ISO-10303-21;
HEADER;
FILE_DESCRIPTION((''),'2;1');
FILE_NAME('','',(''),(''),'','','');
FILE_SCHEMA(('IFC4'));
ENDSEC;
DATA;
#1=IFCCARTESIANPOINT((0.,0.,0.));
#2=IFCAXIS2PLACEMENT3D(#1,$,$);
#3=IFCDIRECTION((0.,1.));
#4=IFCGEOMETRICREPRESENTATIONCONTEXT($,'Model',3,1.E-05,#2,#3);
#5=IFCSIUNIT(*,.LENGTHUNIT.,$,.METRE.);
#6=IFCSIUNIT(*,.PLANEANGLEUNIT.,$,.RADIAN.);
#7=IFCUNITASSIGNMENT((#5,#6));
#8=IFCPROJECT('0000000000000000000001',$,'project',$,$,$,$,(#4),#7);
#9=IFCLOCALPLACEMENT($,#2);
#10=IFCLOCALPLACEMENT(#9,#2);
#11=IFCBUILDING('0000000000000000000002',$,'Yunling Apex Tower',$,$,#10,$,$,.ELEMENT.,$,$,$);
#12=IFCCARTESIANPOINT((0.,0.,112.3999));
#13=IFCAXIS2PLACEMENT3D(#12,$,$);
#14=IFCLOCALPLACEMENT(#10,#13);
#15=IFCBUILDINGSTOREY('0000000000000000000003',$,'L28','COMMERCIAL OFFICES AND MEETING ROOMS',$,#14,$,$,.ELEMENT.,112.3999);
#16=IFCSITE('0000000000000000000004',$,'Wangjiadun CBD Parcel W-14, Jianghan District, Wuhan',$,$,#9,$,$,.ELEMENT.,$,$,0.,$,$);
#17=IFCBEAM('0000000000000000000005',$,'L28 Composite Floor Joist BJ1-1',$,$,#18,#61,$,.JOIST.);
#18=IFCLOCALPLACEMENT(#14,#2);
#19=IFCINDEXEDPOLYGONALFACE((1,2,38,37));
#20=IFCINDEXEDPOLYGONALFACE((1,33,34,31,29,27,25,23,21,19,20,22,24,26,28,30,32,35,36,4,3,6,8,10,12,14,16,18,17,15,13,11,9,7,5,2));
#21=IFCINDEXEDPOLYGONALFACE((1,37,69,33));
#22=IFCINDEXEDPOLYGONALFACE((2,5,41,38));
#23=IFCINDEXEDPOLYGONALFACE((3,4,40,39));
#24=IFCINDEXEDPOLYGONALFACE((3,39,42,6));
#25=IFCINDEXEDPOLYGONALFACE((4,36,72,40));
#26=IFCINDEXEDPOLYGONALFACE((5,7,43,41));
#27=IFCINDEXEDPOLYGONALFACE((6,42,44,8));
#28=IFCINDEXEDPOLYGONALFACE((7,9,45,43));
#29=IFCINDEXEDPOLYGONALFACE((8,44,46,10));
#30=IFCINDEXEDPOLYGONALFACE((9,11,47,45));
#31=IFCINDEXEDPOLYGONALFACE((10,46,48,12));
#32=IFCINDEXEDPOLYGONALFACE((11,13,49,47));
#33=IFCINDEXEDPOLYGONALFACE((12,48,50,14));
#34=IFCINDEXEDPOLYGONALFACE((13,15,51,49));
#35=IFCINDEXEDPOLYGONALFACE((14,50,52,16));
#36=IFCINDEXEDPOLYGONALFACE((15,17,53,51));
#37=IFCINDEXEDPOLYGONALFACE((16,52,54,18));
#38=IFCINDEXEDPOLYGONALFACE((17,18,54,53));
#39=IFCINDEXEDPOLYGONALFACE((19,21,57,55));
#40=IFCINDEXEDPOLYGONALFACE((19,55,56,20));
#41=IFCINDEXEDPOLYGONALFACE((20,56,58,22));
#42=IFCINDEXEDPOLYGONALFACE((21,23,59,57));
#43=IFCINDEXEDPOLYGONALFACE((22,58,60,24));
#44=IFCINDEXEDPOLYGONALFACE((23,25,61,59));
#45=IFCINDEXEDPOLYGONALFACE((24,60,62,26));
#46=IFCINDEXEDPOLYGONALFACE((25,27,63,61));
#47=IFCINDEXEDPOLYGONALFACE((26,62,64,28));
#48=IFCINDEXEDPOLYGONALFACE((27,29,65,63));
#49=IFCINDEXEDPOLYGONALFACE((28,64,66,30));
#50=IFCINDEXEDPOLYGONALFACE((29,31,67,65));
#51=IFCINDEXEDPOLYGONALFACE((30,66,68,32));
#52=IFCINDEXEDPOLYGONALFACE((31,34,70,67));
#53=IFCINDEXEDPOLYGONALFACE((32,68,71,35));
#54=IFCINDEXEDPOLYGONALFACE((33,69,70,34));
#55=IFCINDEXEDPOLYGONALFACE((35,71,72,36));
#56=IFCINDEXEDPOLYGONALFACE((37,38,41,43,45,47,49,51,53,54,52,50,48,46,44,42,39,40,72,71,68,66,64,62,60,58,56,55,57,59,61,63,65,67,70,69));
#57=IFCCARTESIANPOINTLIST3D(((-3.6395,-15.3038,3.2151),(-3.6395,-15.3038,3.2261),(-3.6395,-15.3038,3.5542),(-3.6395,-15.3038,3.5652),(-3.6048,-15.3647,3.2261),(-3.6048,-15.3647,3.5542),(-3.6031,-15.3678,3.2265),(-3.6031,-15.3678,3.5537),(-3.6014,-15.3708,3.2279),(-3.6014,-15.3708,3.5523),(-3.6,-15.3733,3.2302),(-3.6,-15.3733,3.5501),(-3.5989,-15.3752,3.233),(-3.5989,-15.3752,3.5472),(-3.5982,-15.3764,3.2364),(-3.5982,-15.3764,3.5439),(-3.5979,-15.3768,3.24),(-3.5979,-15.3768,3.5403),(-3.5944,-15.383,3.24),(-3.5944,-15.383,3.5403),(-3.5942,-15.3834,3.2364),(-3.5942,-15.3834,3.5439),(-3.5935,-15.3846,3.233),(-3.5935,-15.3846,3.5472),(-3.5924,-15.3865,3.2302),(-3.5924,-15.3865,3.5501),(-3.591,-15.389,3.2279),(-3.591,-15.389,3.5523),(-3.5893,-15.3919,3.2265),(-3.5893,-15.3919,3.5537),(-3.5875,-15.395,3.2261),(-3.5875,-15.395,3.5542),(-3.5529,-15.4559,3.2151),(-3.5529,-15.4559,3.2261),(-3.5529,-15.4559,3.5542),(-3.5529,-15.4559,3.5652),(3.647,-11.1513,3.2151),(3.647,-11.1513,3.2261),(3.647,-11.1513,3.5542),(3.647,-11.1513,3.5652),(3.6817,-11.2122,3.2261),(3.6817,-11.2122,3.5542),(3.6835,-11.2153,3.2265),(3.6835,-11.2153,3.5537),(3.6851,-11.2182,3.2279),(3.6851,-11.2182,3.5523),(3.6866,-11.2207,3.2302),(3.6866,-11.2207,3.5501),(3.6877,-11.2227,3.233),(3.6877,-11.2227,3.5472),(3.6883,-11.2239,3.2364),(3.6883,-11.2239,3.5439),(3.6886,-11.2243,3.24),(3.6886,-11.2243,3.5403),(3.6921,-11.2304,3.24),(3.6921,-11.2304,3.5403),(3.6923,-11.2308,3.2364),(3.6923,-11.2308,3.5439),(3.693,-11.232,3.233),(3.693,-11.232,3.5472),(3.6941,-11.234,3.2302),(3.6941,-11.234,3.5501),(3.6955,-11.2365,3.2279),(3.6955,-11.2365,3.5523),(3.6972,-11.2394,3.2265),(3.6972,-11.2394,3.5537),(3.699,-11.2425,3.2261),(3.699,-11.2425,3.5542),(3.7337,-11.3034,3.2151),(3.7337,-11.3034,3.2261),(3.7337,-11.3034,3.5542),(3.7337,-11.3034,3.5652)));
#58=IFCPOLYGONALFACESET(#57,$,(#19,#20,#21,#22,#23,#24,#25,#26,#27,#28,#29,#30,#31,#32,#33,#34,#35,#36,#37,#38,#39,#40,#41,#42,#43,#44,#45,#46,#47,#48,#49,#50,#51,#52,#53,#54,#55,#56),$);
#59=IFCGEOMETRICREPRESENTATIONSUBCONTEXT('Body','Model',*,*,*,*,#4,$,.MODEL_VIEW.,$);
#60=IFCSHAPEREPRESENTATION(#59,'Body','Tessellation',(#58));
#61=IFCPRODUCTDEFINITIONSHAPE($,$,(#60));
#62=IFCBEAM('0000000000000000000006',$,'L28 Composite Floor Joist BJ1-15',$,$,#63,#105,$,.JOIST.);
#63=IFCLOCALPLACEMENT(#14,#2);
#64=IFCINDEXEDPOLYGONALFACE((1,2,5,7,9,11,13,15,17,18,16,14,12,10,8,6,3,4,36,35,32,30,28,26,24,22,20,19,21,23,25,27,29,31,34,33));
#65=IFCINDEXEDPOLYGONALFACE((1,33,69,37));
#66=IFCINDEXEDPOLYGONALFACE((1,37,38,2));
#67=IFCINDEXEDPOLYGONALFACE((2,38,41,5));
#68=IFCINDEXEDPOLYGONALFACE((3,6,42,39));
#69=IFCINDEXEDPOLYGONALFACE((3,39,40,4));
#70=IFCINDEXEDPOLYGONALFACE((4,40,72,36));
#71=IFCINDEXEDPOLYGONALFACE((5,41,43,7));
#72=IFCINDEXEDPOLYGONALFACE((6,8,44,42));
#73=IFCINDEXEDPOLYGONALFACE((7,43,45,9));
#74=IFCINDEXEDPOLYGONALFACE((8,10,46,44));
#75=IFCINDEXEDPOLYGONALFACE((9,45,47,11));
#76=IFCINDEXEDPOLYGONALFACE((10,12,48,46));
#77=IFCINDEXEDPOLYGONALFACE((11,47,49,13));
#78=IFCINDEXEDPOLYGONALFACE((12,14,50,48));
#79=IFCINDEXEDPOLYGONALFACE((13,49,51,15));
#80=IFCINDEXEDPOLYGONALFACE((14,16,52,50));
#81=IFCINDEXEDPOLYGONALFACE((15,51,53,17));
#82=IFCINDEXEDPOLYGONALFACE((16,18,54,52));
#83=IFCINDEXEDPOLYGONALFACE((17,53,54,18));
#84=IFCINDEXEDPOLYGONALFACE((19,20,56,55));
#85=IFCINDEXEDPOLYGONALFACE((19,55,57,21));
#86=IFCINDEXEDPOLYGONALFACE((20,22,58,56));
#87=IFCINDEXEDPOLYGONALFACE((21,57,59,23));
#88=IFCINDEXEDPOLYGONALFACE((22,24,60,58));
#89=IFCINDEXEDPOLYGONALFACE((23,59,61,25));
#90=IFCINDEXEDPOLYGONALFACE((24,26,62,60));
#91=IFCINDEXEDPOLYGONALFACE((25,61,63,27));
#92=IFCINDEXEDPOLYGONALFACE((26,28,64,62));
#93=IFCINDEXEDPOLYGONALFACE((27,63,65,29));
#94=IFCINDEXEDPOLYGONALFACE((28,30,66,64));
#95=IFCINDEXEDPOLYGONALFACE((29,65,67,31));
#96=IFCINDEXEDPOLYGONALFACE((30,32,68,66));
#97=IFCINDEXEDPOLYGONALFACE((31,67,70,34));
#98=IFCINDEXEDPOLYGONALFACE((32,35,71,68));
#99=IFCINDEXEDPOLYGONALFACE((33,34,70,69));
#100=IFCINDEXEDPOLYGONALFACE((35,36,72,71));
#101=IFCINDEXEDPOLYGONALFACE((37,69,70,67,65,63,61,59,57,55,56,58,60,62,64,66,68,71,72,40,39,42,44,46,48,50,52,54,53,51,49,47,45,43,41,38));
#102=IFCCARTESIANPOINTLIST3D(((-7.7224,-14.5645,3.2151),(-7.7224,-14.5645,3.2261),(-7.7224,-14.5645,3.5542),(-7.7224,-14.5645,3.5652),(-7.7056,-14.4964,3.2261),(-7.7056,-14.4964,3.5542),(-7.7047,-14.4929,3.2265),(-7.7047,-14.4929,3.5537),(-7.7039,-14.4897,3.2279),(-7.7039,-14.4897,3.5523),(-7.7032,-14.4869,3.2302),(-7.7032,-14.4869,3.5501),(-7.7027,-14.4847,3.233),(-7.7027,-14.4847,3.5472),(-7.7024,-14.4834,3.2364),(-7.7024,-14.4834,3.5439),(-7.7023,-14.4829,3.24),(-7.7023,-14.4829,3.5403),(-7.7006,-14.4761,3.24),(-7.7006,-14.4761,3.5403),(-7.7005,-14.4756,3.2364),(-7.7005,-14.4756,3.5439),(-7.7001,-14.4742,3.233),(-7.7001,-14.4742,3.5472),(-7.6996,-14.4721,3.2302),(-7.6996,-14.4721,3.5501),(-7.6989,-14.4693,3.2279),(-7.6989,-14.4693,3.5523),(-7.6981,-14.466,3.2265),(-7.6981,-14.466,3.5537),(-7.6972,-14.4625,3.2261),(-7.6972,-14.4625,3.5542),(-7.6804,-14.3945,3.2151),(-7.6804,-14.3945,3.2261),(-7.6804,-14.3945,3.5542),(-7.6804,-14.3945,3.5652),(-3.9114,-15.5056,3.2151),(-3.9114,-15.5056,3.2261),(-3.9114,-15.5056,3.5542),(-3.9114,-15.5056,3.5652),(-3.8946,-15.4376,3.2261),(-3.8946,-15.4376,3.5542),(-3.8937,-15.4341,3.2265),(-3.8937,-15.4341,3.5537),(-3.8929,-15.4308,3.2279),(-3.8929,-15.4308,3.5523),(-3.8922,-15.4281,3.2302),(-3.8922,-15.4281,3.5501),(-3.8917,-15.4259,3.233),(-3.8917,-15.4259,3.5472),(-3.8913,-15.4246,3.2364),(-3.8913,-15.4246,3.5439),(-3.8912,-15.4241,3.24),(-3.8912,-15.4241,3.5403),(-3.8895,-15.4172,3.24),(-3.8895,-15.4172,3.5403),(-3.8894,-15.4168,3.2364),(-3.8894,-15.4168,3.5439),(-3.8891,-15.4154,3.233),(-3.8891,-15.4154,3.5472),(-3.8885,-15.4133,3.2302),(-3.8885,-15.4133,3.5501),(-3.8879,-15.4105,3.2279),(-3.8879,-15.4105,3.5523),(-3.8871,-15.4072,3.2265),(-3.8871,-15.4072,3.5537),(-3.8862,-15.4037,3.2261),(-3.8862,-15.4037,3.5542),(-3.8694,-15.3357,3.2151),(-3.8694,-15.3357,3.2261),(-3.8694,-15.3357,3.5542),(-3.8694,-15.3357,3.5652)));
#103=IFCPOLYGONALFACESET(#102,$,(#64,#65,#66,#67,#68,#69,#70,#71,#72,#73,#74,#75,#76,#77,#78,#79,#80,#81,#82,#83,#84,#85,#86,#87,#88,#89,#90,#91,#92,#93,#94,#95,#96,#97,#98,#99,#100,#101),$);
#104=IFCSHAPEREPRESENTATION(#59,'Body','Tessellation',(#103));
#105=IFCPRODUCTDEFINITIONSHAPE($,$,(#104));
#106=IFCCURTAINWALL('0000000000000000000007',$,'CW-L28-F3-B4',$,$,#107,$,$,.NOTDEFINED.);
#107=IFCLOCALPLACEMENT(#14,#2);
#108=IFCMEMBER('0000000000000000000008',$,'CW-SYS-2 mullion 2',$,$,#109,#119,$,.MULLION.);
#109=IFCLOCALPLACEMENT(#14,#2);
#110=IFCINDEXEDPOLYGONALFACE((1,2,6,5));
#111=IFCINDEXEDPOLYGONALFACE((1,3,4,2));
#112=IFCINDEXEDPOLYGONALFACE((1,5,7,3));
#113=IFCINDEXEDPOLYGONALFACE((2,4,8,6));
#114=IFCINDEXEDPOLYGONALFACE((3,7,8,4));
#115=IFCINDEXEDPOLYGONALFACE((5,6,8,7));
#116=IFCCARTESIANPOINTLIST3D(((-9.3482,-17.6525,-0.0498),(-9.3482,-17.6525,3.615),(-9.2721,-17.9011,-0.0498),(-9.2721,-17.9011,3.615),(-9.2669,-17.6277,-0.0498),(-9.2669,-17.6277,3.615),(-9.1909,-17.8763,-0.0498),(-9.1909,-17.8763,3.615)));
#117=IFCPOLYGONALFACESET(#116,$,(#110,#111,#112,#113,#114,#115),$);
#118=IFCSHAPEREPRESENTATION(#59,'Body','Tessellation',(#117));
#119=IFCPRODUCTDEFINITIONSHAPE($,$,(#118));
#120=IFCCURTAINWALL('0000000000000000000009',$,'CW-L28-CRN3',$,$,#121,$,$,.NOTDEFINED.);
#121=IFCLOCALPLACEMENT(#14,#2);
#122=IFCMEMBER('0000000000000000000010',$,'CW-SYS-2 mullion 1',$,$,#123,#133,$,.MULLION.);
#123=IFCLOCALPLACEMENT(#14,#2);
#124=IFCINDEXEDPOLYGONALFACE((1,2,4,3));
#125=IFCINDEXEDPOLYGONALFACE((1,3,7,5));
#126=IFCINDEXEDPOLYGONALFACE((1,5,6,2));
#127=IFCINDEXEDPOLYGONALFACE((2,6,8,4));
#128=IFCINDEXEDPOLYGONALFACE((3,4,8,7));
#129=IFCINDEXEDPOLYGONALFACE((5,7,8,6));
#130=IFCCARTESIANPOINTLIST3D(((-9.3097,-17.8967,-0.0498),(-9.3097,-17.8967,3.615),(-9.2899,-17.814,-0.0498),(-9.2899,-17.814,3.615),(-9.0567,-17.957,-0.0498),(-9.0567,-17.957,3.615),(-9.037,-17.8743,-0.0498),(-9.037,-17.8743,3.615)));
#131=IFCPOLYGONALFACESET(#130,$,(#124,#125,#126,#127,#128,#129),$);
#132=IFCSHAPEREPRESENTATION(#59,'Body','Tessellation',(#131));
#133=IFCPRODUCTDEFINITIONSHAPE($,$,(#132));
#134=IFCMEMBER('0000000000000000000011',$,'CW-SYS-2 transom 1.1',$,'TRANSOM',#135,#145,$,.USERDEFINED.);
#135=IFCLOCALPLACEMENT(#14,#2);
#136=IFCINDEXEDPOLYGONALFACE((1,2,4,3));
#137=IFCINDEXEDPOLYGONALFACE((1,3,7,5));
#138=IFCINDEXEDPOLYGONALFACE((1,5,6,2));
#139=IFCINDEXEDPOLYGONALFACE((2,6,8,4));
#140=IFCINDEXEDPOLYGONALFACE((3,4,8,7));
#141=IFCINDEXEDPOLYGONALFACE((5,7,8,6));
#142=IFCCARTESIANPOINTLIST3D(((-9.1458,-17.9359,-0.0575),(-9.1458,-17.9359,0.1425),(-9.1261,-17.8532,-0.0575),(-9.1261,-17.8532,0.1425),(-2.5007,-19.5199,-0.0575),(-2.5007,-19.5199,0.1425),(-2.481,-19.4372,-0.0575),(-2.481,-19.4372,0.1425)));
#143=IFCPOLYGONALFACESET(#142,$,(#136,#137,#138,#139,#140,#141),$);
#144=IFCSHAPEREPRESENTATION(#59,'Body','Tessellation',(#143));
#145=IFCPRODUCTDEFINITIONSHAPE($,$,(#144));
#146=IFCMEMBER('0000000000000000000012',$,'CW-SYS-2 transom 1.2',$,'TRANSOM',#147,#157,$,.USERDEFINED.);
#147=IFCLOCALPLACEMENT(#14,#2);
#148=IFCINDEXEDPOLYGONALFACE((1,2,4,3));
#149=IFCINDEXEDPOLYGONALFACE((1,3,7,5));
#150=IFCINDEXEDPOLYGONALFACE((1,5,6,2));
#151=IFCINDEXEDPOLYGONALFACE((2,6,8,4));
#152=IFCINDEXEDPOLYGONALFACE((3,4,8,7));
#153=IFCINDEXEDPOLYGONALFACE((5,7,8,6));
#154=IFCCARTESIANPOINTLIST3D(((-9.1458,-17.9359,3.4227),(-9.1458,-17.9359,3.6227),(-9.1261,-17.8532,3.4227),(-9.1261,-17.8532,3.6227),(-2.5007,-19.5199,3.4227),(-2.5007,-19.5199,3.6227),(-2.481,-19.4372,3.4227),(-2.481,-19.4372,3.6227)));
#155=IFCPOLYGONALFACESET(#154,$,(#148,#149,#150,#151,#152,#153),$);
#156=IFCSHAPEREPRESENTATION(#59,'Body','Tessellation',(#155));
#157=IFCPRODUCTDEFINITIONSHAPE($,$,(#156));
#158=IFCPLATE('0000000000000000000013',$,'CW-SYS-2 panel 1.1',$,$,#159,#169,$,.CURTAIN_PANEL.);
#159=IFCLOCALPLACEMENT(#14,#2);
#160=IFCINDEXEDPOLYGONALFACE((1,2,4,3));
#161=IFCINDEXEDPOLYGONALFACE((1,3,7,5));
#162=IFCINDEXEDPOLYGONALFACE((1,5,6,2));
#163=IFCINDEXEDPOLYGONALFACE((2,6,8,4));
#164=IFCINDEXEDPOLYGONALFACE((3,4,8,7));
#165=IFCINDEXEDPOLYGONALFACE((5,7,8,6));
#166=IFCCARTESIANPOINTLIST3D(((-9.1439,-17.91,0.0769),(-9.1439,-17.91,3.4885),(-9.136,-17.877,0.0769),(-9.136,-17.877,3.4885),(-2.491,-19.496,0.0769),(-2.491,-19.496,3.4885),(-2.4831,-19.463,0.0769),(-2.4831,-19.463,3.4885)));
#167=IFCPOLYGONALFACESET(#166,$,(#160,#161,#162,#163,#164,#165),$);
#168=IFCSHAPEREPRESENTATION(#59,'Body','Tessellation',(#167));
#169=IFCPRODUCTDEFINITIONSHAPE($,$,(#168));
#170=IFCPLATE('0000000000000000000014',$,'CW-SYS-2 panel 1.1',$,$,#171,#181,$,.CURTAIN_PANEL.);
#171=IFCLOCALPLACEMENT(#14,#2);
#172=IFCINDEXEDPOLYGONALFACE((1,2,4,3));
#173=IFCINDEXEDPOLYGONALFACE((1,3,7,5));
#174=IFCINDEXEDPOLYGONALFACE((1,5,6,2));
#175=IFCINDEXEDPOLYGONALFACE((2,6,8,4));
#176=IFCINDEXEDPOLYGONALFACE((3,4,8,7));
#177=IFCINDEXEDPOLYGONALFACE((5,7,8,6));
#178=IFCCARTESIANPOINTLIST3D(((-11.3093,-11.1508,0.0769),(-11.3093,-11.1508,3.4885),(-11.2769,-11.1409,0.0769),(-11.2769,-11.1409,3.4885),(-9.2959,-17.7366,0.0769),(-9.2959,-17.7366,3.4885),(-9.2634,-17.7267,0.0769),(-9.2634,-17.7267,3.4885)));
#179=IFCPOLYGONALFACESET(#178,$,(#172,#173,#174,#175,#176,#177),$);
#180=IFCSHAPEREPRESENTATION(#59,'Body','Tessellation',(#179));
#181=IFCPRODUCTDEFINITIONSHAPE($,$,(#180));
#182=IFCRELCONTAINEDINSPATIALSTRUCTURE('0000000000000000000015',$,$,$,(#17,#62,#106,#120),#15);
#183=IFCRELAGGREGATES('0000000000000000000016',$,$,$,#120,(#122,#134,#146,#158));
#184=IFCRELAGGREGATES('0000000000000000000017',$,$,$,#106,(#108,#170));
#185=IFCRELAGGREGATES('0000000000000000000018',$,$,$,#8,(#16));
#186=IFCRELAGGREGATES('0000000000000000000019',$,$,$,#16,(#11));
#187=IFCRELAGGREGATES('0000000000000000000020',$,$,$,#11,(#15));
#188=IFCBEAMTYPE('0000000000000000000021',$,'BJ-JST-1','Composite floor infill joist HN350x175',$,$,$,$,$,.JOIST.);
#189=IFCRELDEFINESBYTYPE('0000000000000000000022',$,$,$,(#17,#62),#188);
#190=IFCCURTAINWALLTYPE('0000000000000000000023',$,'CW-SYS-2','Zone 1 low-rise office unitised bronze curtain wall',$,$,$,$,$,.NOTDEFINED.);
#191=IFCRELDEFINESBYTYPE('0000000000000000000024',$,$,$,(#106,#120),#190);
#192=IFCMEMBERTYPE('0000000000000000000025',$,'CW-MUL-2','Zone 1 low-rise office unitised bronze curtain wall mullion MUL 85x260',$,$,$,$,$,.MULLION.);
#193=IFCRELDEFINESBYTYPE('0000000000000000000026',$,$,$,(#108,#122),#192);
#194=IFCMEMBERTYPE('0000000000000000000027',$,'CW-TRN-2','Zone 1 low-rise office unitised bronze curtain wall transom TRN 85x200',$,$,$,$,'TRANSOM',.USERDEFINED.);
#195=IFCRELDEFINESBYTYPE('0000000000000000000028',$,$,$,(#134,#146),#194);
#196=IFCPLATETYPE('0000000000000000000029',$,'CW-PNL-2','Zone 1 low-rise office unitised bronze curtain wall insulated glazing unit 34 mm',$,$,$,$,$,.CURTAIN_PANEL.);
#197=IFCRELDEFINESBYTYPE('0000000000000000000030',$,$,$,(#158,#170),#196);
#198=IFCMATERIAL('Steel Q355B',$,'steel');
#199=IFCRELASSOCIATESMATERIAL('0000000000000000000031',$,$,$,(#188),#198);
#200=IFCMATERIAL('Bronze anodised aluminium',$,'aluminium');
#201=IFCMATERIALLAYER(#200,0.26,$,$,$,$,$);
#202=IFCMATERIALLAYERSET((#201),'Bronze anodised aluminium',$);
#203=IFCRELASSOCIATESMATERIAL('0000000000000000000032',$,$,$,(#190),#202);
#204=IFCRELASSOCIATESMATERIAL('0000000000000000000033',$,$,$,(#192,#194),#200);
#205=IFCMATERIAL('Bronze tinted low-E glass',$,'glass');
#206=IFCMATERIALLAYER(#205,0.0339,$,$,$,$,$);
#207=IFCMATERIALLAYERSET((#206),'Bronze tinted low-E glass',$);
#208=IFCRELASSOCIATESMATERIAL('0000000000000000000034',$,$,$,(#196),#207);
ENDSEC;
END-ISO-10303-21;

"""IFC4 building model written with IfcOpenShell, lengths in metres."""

from ifc_helpers import new_model, si_unit, direction, frame, origin, origin_2d, place, context, subcontext, project, spatial, rectangle, i_section, extrude, source, transform, mapped, material, layer, layer_set, material_profile, profile_set, type_object, element, aggregate, save


model = new_model("IFC4")

# Units and contexts
model_context = context("Model", 3, precision=1e-05, world=origin(), true_north=direction((0.0, 1.0)))
body_context = subcontext(model_context, "Body", "Model", "MODEL_VIEW")
ifc_project = project(units=[si_unit("LENGTHUNIT", "METRE"), si_unit("PLANEANGLEUNIT", "RADIAN")], contexts=[model_context])

# Site, building, storey
site_placement = place(None, origin())
site = spatial("IfcSite", under=ifc_project, at=site_placement, Name="Wangjiadun CBD Parcel W-14, Jianghan District, Wuhan", CompositionType="ELEMENT", RefElevation=0.0)
building_placement = place(site_placement, origin())
building = spatial("IfcBuilding", under=site, at=building_placement, Name="Yunling Apex Tower", CompositionType="ELEMENT")
storey_placement = place(building_placement, frame((0.0, 0.0, 112.3999)))
storey = spatial("IfcBuildingStorey", under=building, at=storey_placement, Name="L28", Description="COMMERCIAL OFFICES AND MEETING ROOMS", CompositionType="ELEMENT", Elevation=112.3999)

# Beams
ifc_material_1 = material(Name="Steel Q355B", Category="steel")
ifc_material_profile_1 = material_profile(ifc_material_1, i_section(OverallWidth=0.175, OverallDepth=0.3501, WebThickness=0.0071, FlangeThickness=0.011, FilletRadius=0.0139, at=origin_2d()))
ifc_profile_set_1 = profile_set([ifc_material_profile_1], Name="Steel Q355B")
beam_type_1 = type_object("IfcBeamType", Name="BJ-JST-1", Description="Composite floor infill joist HN350x175", PredefinedType="JOIST", material=ifc_profile_set_1)
shared_shape_1 = source(origin(), body_context, "Body", "SweptSolid", [
    extrude(i_section(OverallWidth=0.175, OverallDepth=0.3501, WebThickness=0.0071, FlangeThickness=0.011, FilletRadius=0.0139, at=origin_2d()), origin(), (0.0, 0.0, 1.0), 8.3867),
])
beam_1_placement = place(storey_placement, frame((-3.5962, -15.3799, 3.3901), z_axis=(0.868818, 0.495132, 0.0), x_axis=(-0.495132, 0.868818, 0.0)))
element("IfcBeam", 1, at=beam_1_placement, inside=storey, type_object=beam_type_1, Name="L28 Composite Floor Joist BJ1-1", PredefinedType="JOIST", context=body_context, shape_type="MappedRepresentation", body=[
    mapped(shared_shape_1, transform((0.0, 0.0, 0.0), scale=1.0)),
])
shared_shape_2 = source(origin(), body_context, "Body", "SweptSolid", [
    extrude(i_section(OverallWidth=0.175, OverallDepth=0.3501, WebThickness=0.0071, FlangeThickness=0.011, FilletRadius=0.0139, at=origin_2d()), origin(), (0.0, 0.0, 1.0), 3.9255),
])
beam_2_placement = place(storey_placement, frame((-7.7014, -14.4795, 3.3901), z_axis=(0.970834, -0.239754, 0.0), x_axis=(0.239754, 0.970834, 0.0)))
element("IfcBeam", 2, at=beam_2_placement, inside=storey, type_object=beam_type_1, Name="L28 Composite Floor Joist BJ1-15", PredefinedType="JOIST", context=body_context, shape_type="MappedRepresentation", body=[
    mapped(shared_shape_2, transform((0.0, 0.0, 0.0), scale=1.0)),
])

# Curtain wall, member
ifc_material_2 = material(Name="Bronze anodised aluminium", Category="aluminium")
ifc_layer_1 = layer(ifc_material_2, 0.26)
ifc_layer_set_1 = layer_set([ifc_layer_1], Name="Bronze anodised aluminium")
curtain_wall_type = type_object("IfcCurtainWallType", Name="CW-SYS-2", Description="Zone 1 low-rise office unitised bronze curtain wall", PredefinedType="NOTDEFINED", material=ifc_layer_set_1)
curtain_wall_1_placement = place(storey_placement, origin())
curtain_wall_1 = element("IfcCurtainWall", 3, at=curtain_wall_1_placement, inside=storey, type_object=curtain_wall_type, Name="CW-L28-F3-B4", PredefinedType="NOTDEFINED")
ifc_material_profile_2 = material_profile(ifc_material_2, rectangle(XDim=0.085, YDim=0.26, at=origin_2d()))
ifc_profile_set_2 = profile_set([ifc_material_profile_2], Name="Bronze anodised aluminium")
member_type_1 = type_object("IfcMemberType", Name="CW-MUL-2", Description="Zone 1 low-rise office unitised bronze curtain wall mullion MUL 85x260", PredefinedType="MULLION", material=ifc_profile_set_2)
shared_shape_3 = source(origin(), body_context, "Body", "SweptSolid", [
    extrude(rectangle(XDim=0.085, YDim=0.26, at=origin_2d()), origin(), (0.0, 0.0, 1.0), 3.6648),
])
member_1_placement = place(storey_placement, frame((-9.2695, -17.7644, -0.0498), z_axis=(0.0, 0.0, 1.0), x_axis=(0.956304, 0.292373, 0.0)))
member_1 = element("IfcMember", 4, at=member_1_placement, type_object=member_type_1, Name="CW-SYS-2 mullion 2", PredefinedType="MULLION", context=body_context, shape_type="MappedRepresentation", body=[
    mapped(shared_shape_3, transform((0.0, 0.0, 0.0), scale=1.0)),
])

# Curtain wall, members, plate
curtain_wall_2_placement = place(storey_placement, origin())
curtain_wall_2 = element("IfcCurtainWall", 5, at=curtain_wall_2_placement, inside=storey, type_object=curtain_wall_type, Name="CW-L28-CRN3", PredefinedType="NOTDEFINED")
member_2_placement = place(storey_placement, frame((-9.1733, -17.8855, -0.0498), z_axis=(0.0, 0.0, 1.0), x_axis=(0.231895, 0.972741, 0.0)))
member_2 = element("IfcMember", 6, at=member_2_placement, type_object=member_type_1, Name="CW-SYS-2 mullion 1", PredefinedType="MULLION", context=body_context, shape_type="MappedRepresentation", body=[
    mapped(shared_shape_3, transform((0.0, 0.0, 0.0), scale=1.0)),
])
ifc_material_profile_3 = material_profile(ifc_material_2, rectangle(XDim=0.085, YDim=0.2, at=origin_2d()))
ifc_profile_set_3 = profile_set([ifc_material_profile_3], Name="Bronze anodised aluminium")
member_type_2 = type_object("IfcMemberType", Name="CW-TRN-2", Description="Zone 1 low-rise office unitised bronze curtain wall transom TRN 85x200", ElementType="TRANSOM", PredefinedType="USERDEFINED", material=ifc_profile_set_3)
shared_shape_4 = source(origin(), body_context, "Body", "SweptSolid", [
    extrude(rectangle(XDim=0.085, YDim=0.2, at=origin_2d()), origin(), (0.0, 0.0, 1.0), 6.8313),
])
member_3_placement = place(storey_placement, frame((-9.136, -17.8945, 0.0425), z_axis=(0.972746, -0.231875, 0.0), x_axis=(0.231875, 0.972746, 0.0)))
member_3 = element("IfcMember", 7, at=member_3_placement, type_object=member_type_2, Name="CW-SYS-2 transom 1.1", ObjectType="TRANSOM", PredefinedType="USERDEFINED", context=body_context, shape_type="MappedRepresentation", body=[
    mapped(shared_shape_4, transform((0.0, 0.0, 0.0), scale=1.0)),
])
member_4_placement = place(storey_placement, frame((-9.136, -17.8945, 3.5227), z_axis=(0.972746, -0.231875, 0.0), x_axis=(0.231875, 0.972746, 0.0)))
member_4 = element("IfcMember", 8, at=member_4_placement, type_object=member_type_2, Name="CW-SYS-2 transom 1.2", ObjectType="TRANSOM", PredefinedType="USERDEFINED", context=body_context, shape_type="MappedRepresentation", body=[
    mapped(shared_shape_4, transform((0.0, 0.0, 0.0), scale=1.0)),
])
ifc_material_3 = material(Name="Bronze tinted low-E glass", Category="glass")
ifc_layer_2 = layer(ifc_material_3, 0.0339)
ifc_layer_set_2 = layer_set([ifc_layer_2], Name="Bronze tinted low-E glass")
plate_type = type_object("IfcPlateType", Name="CW-PNL-2", Description="Zone 1 low-rise office unitised bronze curtain wall insulated glazing unit 34 mm", PredefinedType="CURTAIN_PANEL", material=ifc_layer_set_2)
shared_shape_5 = source(origin(), body_context, "Body", "SweptSolid", [
    extrude(rectangle(XDim=6.8394, YDim=0.0339, at=origin_2d()), origin(), (0.0, 0.0, 1.0), 3.4116),
])
plate_1_placement = place(storey_placement, frame((-5.8135, -18.6865, 0.0769), z_axis=(0.0, 0.0, 1.0), x_axis=(0.972741, -0.231895, 0.0)))
plate_1 = element("IfcPlate", 9, at=plate_1_placement, type_object=plate_type, Name="CW-SYS-2 panel 1.1", PredefinedType="CURTAIN_PANEL", context=body_context, shape_type="MappedRepresentation", body=[
    mapped(shared_shape_5, transform((0.0, 0.0, 0.0), scale=1.0)),
])
aggregate(curtain_wall_2, [member_2, member_3, member_4, plate_1])

# Plate
shared_shape_6 = source(origin(), body_context, "Body", "SweptSolid", [
    extrude(rectangle(XDim=6.8867, YDim=0.0339, at=origin_2d()), origin(), (0.0, 0.0, 1.0), 3.4116),
])
plate_2_placement = place(storey_placement, frame((-10.2864, -14.4387, 0.0769), z_axis=(0.0, 0.0, 1.0), x_axis=(0.292373, -0.956304, 0.0)))
plate_2 = element("IfcPlate", 10, at=plate_2_placement, type_object=plate_type, Name="CW-SYS-2 panel 1.1", PredefinedType="CURTAIN_PANEL", context=body_context, shape_type="MappedRepresentation", body=[
    mapped(shared_shape_6, transform((0.0, 0.0, 0.0), scale=1.0)),
])
aggregate(curtain_wall_1, [member_1, plate_2])

save(model, "model.ifc")
